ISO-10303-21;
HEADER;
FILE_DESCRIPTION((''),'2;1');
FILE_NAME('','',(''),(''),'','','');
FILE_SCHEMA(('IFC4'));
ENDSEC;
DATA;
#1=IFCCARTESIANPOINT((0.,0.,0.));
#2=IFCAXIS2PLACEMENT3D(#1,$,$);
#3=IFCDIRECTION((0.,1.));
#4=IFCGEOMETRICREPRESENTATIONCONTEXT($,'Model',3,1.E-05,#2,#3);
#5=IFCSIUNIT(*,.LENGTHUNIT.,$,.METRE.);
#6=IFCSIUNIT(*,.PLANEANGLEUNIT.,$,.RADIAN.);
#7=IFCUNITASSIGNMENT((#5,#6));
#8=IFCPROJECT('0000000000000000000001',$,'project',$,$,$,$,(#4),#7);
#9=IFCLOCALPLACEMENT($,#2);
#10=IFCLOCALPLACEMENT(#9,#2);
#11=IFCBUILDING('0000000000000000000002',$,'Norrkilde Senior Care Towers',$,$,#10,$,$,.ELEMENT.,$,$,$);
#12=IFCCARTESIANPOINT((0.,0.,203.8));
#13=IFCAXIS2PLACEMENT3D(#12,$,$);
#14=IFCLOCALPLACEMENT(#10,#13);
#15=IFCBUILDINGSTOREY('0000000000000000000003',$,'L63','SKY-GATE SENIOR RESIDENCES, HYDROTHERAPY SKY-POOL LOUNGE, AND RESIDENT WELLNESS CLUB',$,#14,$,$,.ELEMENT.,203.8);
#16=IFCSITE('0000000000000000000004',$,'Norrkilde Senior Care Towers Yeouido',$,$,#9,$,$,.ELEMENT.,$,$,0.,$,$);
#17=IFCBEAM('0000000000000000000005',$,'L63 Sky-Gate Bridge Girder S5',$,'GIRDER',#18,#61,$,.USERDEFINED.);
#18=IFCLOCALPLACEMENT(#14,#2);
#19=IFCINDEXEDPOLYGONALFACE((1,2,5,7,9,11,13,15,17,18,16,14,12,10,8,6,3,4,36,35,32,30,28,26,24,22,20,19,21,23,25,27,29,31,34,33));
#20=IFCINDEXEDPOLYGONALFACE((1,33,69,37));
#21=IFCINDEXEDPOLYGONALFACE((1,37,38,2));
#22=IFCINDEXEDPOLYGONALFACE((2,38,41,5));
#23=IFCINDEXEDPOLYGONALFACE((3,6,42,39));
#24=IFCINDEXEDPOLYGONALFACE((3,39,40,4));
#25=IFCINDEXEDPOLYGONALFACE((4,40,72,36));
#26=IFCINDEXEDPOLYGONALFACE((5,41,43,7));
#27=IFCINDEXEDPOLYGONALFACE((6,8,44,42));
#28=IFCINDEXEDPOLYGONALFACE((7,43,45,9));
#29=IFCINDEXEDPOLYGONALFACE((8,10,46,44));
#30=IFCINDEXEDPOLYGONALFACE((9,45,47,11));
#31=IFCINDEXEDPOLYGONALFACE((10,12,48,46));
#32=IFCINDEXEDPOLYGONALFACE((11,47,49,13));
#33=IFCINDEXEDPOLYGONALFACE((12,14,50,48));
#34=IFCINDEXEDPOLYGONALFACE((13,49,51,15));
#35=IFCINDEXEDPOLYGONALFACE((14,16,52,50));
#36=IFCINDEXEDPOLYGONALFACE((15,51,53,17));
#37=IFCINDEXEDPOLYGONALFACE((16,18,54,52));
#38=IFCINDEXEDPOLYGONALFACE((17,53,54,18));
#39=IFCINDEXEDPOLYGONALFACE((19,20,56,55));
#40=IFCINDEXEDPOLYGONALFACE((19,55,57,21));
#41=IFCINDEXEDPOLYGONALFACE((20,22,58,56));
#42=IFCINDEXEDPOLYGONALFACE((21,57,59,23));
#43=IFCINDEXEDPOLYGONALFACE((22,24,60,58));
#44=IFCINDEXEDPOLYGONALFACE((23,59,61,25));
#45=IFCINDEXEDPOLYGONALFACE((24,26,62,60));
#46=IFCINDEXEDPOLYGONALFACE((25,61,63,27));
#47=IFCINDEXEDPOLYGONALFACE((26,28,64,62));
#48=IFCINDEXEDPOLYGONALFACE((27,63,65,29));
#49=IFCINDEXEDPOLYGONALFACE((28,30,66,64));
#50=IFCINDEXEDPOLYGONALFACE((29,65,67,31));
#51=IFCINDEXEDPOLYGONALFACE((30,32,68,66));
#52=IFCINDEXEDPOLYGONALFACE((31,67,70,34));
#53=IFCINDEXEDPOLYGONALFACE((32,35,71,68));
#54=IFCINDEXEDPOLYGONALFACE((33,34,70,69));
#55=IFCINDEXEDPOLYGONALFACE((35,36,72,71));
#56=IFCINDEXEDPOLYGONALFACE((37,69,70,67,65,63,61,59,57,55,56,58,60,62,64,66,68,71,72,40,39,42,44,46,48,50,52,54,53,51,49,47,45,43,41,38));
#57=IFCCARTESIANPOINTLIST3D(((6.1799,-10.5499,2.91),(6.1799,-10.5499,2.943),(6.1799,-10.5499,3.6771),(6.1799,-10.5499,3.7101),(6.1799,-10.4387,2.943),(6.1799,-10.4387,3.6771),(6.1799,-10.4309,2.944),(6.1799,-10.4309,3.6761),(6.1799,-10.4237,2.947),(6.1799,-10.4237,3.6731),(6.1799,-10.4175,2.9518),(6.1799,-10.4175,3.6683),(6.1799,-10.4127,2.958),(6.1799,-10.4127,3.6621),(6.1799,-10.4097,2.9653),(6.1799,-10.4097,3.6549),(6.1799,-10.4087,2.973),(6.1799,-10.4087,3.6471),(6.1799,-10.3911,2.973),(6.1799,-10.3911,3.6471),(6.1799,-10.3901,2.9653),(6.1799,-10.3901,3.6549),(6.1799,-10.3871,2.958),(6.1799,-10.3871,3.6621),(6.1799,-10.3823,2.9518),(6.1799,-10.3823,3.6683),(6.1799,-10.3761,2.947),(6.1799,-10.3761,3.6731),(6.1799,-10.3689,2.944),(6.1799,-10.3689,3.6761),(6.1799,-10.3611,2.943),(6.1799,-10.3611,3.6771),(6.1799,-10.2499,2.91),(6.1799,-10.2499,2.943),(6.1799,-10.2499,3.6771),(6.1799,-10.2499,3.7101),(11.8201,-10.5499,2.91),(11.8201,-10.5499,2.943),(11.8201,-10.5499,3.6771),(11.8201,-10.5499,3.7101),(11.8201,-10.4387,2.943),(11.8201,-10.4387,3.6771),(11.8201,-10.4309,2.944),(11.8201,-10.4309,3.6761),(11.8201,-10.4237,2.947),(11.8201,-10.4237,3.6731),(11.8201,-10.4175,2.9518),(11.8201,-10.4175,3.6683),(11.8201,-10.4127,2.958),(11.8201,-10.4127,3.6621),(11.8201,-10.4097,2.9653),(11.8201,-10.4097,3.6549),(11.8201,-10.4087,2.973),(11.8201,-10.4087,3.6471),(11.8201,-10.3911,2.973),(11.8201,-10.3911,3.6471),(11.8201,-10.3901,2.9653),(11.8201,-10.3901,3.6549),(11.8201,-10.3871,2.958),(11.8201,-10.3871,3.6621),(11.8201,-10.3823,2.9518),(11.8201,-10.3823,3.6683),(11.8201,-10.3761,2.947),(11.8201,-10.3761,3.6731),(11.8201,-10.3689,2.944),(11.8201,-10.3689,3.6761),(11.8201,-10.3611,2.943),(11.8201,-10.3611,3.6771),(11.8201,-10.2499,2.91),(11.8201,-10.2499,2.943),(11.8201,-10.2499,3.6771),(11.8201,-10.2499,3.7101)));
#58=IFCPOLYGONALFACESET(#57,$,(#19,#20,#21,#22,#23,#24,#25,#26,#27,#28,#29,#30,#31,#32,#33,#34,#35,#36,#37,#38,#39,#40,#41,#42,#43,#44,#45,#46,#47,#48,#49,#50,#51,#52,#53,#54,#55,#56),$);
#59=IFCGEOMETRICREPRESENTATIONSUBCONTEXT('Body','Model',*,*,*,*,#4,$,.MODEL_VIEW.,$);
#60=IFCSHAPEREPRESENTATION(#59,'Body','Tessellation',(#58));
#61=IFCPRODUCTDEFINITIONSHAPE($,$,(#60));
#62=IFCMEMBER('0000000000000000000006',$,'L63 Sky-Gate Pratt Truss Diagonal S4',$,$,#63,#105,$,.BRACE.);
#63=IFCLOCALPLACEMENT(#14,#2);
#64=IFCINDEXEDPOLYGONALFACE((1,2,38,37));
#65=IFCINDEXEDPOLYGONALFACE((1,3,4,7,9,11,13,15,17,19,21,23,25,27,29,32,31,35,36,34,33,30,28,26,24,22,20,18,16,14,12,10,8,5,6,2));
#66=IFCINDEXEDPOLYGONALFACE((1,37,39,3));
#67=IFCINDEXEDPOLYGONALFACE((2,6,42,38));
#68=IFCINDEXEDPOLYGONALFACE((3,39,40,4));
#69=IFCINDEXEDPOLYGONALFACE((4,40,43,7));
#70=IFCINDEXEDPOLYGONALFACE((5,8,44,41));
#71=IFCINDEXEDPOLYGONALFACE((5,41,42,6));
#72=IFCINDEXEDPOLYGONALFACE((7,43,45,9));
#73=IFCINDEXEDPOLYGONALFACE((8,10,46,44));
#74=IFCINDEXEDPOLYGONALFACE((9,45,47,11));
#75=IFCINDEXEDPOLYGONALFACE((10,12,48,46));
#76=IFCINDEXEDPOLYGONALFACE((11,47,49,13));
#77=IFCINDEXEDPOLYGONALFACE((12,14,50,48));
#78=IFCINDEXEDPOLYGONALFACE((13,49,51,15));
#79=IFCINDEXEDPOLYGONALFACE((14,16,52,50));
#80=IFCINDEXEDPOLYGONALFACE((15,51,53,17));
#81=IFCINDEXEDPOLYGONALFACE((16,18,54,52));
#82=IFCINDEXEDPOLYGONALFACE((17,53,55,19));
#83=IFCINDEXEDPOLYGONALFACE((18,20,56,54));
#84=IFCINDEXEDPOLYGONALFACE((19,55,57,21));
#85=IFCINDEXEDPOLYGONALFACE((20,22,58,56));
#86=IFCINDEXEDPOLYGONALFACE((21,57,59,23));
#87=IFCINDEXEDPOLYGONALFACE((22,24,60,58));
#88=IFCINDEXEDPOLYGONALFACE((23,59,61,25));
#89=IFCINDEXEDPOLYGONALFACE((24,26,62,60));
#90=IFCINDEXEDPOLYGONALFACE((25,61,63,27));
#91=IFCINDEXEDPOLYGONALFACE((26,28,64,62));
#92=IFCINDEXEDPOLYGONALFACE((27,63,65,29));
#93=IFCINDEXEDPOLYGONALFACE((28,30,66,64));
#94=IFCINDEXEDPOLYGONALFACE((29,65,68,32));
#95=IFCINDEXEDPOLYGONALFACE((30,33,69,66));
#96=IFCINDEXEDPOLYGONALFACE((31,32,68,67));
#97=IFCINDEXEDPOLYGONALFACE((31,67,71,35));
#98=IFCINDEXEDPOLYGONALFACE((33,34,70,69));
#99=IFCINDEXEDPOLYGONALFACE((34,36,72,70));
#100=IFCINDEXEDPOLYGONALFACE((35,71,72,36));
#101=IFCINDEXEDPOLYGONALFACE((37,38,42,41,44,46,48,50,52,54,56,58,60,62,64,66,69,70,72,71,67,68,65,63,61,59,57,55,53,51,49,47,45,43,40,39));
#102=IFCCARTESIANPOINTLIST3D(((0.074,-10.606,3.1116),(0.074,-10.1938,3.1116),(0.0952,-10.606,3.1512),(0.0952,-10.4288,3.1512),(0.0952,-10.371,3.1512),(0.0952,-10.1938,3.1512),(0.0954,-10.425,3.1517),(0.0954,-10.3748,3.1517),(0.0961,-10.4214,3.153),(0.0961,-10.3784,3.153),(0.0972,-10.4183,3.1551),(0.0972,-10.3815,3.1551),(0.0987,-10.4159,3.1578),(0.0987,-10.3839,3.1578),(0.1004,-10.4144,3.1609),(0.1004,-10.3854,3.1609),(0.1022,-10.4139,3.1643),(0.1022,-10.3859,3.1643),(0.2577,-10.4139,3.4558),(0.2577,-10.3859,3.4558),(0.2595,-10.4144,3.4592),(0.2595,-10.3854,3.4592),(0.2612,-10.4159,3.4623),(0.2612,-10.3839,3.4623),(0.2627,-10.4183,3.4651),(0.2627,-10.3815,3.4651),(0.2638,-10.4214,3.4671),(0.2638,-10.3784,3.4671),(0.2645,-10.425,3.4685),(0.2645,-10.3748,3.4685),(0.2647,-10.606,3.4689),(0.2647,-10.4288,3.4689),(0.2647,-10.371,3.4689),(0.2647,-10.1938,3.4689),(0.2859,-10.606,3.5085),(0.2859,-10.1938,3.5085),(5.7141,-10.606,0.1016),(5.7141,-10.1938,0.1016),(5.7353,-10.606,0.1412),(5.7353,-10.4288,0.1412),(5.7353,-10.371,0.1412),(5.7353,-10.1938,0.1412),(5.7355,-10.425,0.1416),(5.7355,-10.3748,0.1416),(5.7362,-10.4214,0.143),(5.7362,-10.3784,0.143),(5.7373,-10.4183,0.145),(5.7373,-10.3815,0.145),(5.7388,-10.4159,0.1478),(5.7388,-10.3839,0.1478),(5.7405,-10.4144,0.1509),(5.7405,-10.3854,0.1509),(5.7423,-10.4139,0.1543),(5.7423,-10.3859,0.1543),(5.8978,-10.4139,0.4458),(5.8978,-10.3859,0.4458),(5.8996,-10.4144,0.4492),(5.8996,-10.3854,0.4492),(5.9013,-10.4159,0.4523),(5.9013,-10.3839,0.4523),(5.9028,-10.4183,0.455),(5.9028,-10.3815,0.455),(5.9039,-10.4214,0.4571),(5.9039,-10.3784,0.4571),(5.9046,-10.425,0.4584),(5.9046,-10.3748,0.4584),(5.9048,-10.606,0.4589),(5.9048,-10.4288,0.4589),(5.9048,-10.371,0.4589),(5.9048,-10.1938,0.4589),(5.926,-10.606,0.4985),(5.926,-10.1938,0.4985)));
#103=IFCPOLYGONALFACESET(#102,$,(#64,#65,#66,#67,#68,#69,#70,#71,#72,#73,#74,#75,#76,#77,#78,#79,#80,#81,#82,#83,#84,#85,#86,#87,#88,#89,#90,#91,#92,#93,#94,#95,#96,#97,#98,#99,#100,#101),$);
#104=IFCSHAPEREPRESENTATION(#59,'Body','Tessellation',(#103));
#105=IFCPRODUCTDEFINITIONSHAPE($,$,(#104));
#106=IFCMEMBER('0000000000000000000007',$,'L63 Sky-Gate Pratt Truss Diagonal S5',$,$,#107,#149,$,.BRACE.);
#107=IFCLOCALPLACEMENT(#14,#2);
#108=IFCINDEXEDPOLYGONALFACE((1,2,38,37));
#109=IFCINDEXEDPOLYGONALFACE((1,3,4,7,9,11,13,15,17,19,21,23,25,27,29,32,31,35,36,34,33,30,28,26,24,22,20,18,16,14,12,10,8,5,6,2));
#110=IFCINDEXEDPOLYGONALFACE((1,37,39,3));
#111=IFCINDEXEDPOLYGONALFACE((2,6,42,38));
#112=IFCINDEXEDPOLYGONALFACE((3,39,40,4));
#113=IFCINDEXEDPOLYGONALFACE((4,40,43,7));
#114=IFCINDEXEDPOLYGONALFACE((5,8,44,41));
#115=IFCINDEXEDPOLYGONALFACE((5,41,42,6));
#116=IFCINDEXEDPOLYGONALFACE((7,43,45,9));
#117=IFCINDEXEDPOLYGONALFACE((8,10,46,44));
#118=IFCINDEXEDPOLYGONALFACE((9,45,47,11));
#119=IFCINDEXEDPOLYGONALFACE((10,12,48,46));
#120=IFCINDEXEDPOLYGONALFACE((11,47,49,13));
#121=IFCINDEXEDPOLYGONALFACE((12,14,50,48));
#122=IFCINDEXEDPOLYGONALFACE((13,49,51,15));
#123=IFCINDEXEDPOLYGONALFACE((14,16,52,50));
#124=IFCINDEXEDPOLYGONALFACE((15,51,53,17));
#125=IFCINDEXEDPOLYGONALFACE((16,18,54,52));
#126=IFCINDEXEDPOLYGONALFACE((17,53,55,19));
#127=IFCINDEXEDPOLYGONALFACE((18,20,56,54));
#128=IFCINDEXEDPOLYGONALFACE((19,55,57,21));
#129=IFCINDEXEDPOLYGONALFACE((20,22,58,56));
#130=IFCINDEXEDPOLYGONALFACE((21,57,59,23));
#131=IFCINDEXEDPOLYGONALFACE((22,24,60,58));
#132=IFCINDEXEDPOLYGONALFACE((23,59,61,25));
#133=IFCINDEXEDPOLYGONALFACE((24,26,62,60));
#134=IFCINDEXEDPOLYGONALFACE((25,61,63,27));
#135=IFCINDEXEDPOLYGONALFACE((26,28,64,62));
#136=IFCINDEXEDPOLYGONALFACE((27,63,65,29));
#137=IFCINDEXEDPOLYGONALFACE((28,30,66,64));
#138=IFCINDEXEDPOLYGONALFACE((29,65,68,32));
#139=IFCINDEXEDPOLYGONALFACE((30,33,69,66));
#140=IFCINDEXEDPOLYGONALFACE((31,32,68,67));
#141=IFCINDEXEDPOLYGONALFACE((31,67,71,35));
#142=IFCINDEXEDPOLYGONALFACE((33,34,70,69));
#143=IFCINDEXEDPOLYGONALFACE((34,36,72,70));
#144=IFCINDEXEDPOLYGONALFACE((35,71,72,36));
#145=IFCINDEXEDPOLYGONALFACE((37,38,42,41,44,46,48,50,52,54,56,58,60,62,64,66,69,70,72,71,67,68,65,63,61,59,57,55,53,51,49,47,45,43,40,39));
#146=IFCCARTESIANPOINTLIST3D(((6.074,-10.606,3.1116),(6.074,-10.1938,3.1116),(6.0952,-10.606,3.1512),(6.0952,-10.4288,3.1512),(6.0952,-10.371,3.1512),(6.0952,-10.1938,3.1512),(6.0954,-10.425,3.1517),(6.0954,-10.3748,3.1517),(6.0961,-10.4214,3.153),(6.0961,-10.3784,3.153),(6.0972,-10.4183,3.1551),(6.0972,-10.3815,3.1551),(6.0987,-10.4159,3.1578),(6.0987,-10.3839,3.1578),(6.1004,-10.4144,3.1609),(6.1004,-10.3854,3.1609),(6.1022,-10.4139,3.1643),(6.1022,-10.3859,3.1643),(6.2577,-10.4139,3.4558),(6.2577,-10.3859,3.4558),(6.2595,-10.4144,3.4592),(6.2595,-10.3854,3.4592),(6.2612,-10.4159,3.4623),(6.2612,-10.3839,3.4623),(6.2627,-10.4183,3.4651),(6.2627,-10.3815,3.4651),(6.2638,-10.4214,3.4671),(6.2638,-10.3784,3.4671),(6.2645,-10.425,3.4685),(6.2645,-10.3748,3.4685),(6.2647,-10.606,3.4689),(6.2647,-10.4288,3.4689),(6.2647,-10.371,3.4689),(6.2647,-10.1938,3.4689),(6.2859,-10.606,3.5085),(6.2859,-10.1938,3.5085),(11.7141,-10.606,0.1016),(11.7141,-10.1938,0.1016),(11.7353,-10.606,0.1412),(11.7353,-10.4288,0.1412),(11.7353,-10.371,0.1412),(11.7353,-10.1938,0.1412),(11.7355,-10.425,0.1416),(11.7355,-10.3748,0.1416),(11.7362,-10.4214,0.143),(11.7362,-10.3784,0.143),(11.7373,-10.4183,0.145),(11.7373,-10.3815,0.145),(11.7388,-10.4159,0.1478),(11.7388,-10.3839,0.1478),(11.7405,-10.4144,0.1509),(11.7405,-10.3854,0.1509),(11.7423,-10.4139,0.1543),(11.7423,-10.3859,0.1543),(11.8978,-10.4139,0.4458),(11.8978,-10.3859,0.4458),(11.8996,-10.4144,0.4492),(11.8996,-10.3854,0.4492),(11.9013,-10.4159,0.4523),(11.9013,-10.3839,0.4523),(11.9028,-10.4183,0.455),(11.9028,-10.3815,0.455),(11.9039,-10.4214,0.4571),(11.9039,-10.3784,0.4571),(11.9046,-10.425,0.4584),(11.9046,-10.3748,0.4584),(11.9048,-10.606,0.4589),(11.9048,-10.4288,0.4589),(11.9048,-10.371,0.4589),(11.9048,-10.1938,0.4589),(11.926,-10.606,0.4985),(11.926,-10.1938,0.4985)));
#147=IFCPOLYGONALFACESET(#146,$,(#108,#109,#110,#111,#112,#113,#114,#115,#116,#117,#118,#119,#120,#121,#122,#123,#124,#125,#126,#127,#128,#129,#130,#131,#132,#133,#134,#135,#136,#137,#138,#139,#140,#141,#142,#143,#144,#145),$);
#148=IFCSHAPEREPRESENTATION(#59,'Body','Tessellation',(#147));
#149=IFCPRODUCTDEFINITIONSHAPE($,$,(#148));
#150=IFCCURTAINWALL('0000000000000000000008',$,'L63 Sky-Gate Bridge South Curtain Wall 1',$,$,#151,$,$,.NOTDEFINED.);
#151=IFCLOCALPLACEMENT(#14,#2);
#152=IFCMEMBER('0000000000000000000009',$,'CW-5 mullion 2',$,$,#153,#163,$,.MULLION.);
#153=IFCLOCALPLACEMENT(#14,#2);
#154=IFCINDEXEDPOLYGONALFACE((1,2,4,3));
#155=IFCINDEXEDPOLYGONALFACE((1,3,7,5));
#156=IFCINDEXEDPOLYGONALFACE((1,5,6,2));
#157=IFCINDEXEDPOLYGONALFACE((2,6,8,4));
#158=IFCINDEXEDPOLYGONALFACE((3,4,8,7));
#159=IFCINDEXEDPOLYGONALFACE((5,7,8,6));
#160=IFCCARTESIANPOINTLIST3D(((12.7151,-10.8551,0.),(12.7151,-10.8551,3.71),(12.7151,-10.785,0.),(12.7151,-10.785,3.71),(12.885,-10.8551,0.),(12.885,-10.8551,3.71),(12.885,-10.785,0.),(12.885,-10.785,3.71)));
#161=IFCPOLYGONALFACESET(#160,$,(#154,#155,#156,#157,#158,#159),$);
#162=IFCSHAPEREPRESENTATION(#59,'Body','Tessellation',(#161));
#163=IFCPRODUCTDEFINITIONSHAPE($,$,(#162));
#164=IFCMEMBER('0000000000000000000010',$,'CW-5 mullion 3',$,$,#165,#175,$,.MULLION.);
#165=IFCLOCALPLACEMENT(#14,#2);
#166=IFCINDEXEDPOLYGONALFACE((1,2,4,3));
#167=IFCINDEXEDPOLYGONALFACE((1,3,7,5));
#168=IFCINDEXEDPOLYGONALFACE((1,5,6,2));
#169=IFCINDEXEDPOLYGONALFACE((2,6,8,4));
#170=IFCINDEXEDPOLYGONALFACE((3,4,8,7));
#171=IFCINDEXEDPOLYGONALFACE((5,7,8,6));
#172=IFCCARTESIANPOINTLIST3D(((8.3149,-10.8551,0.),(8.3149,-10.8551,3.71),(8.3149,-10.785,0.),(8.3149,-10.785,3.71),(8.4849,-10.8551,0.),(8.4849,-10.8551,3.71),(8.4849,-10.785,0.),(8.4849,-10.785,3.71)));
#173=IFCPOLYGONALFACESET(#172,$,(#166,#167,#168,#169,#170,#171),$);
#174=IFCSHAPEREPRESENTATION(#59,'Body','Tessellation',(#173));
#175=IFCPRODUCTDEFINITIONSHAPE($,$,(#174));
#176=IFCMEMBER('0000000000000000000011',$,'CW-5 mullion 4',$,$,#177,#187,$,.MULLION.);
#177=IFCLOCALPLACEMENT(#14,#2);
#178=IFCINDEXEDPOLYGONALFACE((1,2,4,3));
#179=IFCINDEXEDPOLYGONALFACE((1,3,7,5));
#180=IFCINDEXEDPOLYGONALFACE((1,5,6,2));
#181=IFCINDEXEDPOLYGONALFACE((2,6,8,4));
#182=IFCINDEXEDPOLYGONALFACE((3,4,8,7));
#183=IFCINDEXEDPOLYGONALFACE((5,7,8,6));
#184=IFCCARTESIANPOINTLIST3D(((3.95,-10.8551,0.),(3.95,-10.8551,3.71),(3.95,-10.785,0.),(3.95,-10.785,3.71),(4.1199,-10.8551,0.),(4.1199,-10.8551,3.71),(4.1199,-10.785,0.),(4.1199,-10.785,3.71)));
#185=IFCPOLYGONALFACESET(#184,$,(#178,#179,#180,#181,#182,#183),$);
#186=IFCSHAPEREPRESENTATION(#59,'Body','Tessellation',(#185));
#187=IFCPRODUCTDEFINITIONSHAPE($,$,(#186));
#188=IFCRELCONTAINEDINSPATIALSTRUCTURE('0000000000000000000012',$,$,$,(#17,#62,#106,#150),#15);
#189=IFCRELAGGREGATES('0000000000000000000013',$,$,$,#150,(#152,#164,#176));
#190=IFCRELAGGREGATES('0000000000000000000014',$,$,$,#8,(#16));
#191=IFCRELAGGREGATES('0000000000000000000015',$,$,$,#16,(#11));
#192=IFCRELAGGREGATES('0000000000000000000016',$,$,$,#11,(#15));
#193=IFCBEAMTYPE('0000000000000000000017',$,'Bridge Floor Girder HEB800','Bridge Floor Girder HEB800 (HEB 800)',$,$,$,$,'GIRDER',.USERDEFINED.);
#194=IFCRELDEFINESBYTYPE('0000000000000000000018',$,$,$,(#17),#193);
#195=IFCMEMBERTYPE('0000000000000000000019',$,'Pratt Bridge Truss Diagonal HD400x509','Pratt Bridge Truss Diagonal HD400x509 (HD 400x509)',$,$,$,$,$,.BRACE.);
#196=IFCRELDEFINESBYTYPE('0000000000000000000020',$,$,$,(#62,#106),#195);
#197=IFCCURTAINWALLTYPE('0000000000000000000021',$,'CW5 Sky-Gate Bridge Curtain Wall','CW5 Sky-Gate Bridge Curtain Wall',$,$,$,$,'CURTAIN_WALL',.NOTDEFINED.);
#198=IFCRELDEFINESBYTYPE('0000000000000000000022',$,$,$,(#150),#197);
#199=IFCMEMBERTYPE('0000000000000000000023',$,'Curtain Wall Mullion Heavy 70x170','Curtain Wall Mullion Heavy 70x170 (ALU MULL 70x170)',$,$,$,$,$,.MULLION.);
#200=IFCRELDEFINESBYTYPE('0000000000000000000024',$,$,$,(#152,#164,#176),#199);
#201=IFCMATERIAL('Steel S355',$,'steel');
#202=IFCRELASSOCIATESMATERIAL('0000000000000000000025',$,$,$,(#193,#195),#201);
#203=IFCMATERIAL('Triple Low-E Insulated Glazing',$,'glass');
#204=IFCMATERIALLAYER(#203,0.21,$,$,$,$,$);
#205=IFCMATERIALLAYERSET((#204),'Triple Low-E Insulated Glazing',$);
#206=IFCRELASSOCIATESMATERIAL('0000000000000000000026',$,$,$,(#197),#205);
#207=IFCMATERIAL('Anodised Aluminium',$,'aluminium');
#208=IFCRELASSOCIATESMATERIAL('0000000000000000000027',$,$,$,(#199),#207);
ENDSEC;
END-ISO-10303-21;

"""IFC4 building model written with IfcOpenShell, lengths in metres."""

from ifc_helpers import new_model, si_unit, direction, frame, origin, origin_2d, place, context, subcontext, project, spatial, rectangle, i_section, extrude, source, transform, mapped, material, layer, layer_set, material_profile, profile_set, type_object, type_shapes, element, aggregate, save


model = new_model("IFC4")

# Units and contexts
model_context = context("Model", 3, precision=1e-05, world=origin(), true_north=direction((0.0, 1.0)))
body_context = subcontext(model_context, "Body", "Model", "MODEL_VIEW")
ifc_project = project(units=[si_unit("LENGTHUNIT", "METRE"), si_unit("PLANEANGLEUNIT", "RADIAN")], contexts=[model_context])

# Site, building, storey
site_placement = place(None, origin())
site = spatial("IfcSite", under=ifc_project, at=site_placement, Name="Norrkilde Senior Care Towers Yeouido", CompositionType="ELEMENT", RefElevation=0.0)
building_placement = place(site_placement, origin())
building = spatial("IfcBuilding", under=site, at=building_placement, Name="Norrkilde Senior Care Towers", CompositionType="ELEMENT")
storey_placement = place(building_placement, frame((0.0, 0.0, 203.8)))
storey = spatial("IfcBuildingStorey", under=building, at=storey_placement, Name="L63", Description="SKY-GATE SENIOR RESIDENCES, HYDROTHERAPY SKY-POOL LOUNGE, AND RESIDENT WELLNESS CLUB", CompositionType="ELEMENT", Elevation=203.8)

# Shared definitions
ifc_material_1 = material(Name="Steel S355", Category="steel")

# Beam
ifc_material_profile_1 = material_profile(ifc_material_1, i_section(OverallWidth=0.3, OverallDepth=0.8, WebThickness=0.0176, FlangeThickness=0.033, FilletRadius=0.03, at=origin_2d()), Name="HEB 800")
ifc_profile_set_1 = profile_set([ifc_material_profile_1], Name="Steel S355")
beam_type_1 = type_object("IfcBeamType", Name="Bridge Floor Girder HEB800", Description="Bridge Floor Girder HEB800 (HEB 800)", ElementType="GIRDER", PredefinedType="USERDEFINED", material=ifc_profile_set_1)
shared_shape_1 = source(origin(), body_context, "Body", "SweptSolid", [
    extrude(i_section(OverallWidth=0.3, OverallDepth=0.8, WebThickness=0.0176, FlangeThickness=0.033, FilletRadius=0.03, at=origin_2d()), origin(), (0.0, 0.0, 1.0), 5.6401),
])
type_shapes(beam_type_1, [shared_shape_1])
for number, where, z_axis, x_axis, name in (
    (1, (6.1799, -10.3999, 3.3101), (1.0, 0.0, 0.0), (0.0, 1.0, 0.0), "L63 Sky-Gate Bridge Girder S5"),
):
    element("IfcBeam", number, at=place(storey_placement, frame(where, z_axis=z_axis, x_axis=x_axis)), inside=storey, type_object=beam_type_1, Name=name, ObjectType="GIRDER", PredefinedType="USERDEFINED", context=body_context, shape_type="MappedRepresentation", body=[
        mapped(shared_shape_1, transform((0.0, 0.0, 0.0), x_axis=(1.0, 0.0, 0.0), y_axis=(0.0, 1.0, 0.0), z_axis=(0.0, 0.0, 1.0), scale=1.0)),
    ])

# Members
ifc_material_profile_2 = material_profile(ifc_material_1, i_section(OverallWidth=0.4121, OverallDepth=0.45, WebThickness=0.0281, FlangeThickness=0.0449, FilletRadius=0.0149, at=origin_2d()), Name="HD 400x509")
ifc_profile_set_2 = profile_set([ifc_material_profile_2], Name="Steel S355")
member_type_1 = type_object("IfcMemberType", Name="Pratt Bridge Truss Diagonal HD400x509", Description="Pratt Bridge Truss Diagonal HD400x509 (HD 400x509)", PredefinedType="BRACE", material=ifc_profile_set_2)
shared_shape_2 = source(origin(), body_context, "Body", "SweptSolid", [
    extrude(i_section(OverallWidth=0.4121, OverallDepth=0.45, WebThickness=0.0281, FlangeThickness=0.0449, FilletRadius=0.0149, at=origin_2d()), origin(), (0.0, 0.0, 1.0), 6.3931),
])
type_shapes(member_type_1, [shared_shape_2])
for number, where, z_axis, x_axis, name in (
    (2, (5.8201, -10.3999, 0.3), (-0.882227, 0.0, 0.470824), (0.0, -1.0, 0.0), "L63 Sky-Gate Pratt Truss Diagonal S4"),
    (3, (11.8201, -10.3999, 0.3), (-0.882227, 0.0, 0.470824), (0.0, -1.0, 0.0), "L63 Sky-Gate Pratt Truss Diagonal S5"),
):
    element("IfcMember", number, at=place(storey_placement, frame(where, z_axis=z_axis, x_axis=x_axis)), inside=storey, type_object=member_type_1, Name=name, PredefinedType="BRACE", context=body_context, shape_type="MappedRepresentation", body=[
        mapped(shared_shape_2, transform((0.0, 0.0, 0.0), x_axis=(1.0, 0.0, 0.0), y_axis=(0.0, 1.0, 0.0), z_axis=(0.0, 0.0, 1.0), scale=1.0)),
    ])

# Curtain wall, members
ifc_material_2 = material(Name="Triple Low-E Insulated Glazing", Category="glass")
ifc_layer_1 = layer(ifc_material_2, 0.21)
ifc_layer_set_1 = layer_set([ifc_layer_1], Name="Triple Low-E Insulated Glazing")
curtain_wall_type = type_object("IfcCurtainWallType", Name="CW5 Sky-Gate Bridge Curtain Wall", Description="CW5 Sky-Gate Bridge Curtain Wall", ElementType="CURTAIN_WALL", PredefinedType="NOTDEFINED", material=ifc_layer_set_1)
curtain_wall_1_placement = place(storey_placement, origin())
curtain_wall_1 = element("IfcCurtainWall", 4, at=curtain_wall_1_placement, inside=storey, type_object=curtain_wall_type, Name="L63 Sky-Gate Bridge South Curtain Wall 1", PredefinedType="NOTDEFINED")
ifc_material_3 = material(Name="Anodised Aluminium", Category="aluminium")
ifc_material_profile_3 = material_profile(ifc_material_3, rectangle(XDim=0.0701, YDim=0.1699, at=origin_2d()), Name="ALU MULL 70x170")
ifc_profile_set_3 = profile_set([ifc_material_profile_3], Name="Anodised Aluminium")
member_type_2 = type_object("IfcMemberType", Name="Curtain Wall Mullion Heavy 70x170", Description="Curtain Wall Mullion Heavy 70x170 (ALU MULL 70x170)", PredefinedType="MULLION", material=ifc_profile_set_3)
shared_shape_3 = source(origin(), body_context, "Body", "SweptSolid", [
    extrude(rectangle(XDim=0.0701, YDim=0.1699, at=origin_2d()), origin(), (0.0, 0.0, 1.0), 3.71),
])
type_shapes(member_type_2, [shared_shape_3])
member_1_placement = place(storey_placement, frame((12.8, -10.8201, 0.0), z_axis=(0.0, 0.0, 1.0), x_axis=(0.0, -1.0, 0.0)))
member_1 = element("IfcMember", 5, at=member_1_placement, type_object=member_type_2, Name="CW-5 mullion 2", PredefinedType="MULLION", context=body_context, shape_type="MappedRepresentation", body=[
    mapped(shared_shape_3, transform((0.0, 0.0, 0.0), x_axis=(1.0, 0.0, 0.0), y_axis=(0.0, 1.0, 0.0), z_axis=(0.0, 0.0, 1.0), scale=1.0)),
])
member_2_placement = place(storey_placement, frame((8.3999, -10.8201, 0.0), z_axis=(0.0, 0.0, 1.0), x_axis=(0.0, -1.0, 0.0)))
member_2 = element("IfcMember", 6, at=member_2_placement, type_object=member_type_2, Name="CW-5 mullion 3", PredefinedType="MULLION", context=body_context, shape_type="MappedRepresentation", body=[
    mapped(shared_shape_3, transform((0.0, 0.0, 0.0), x_axis=(1.0, 0.0, 0.0), y_axis=(0.0, 1.0, 0.0), z_axis=(0.0, 0.0, 1.0), scale=1.0)),
])
member_3_placement = place(storey_placement, frame((4.0349, -10.8201, 0.0), z_axis=(0.0, 0.0, 1.0), x_axis=(0.0, -1.0, 0.0)))
member_3 = element("IfcMember", 7, at=member_3_placement, type_object=member_type_2, Name="CW-5 mullion 4", PredefinedType="MULLION", context=body_context, shape_type="MappedRepresentation", body=[
    mapped(shared_shape_3, transform((0.0, 0.0, 0.0), x_axis=(1.0, 0.0, 0.0), y_axis=(0.0, 1.0, 0.0), z_axis=(0.0, 0.0, 1.0), scale=1.0)),
])

aggregate(curtain_wall_1, [member_1, member_2, member_3])

save(model, "model.ifc")
